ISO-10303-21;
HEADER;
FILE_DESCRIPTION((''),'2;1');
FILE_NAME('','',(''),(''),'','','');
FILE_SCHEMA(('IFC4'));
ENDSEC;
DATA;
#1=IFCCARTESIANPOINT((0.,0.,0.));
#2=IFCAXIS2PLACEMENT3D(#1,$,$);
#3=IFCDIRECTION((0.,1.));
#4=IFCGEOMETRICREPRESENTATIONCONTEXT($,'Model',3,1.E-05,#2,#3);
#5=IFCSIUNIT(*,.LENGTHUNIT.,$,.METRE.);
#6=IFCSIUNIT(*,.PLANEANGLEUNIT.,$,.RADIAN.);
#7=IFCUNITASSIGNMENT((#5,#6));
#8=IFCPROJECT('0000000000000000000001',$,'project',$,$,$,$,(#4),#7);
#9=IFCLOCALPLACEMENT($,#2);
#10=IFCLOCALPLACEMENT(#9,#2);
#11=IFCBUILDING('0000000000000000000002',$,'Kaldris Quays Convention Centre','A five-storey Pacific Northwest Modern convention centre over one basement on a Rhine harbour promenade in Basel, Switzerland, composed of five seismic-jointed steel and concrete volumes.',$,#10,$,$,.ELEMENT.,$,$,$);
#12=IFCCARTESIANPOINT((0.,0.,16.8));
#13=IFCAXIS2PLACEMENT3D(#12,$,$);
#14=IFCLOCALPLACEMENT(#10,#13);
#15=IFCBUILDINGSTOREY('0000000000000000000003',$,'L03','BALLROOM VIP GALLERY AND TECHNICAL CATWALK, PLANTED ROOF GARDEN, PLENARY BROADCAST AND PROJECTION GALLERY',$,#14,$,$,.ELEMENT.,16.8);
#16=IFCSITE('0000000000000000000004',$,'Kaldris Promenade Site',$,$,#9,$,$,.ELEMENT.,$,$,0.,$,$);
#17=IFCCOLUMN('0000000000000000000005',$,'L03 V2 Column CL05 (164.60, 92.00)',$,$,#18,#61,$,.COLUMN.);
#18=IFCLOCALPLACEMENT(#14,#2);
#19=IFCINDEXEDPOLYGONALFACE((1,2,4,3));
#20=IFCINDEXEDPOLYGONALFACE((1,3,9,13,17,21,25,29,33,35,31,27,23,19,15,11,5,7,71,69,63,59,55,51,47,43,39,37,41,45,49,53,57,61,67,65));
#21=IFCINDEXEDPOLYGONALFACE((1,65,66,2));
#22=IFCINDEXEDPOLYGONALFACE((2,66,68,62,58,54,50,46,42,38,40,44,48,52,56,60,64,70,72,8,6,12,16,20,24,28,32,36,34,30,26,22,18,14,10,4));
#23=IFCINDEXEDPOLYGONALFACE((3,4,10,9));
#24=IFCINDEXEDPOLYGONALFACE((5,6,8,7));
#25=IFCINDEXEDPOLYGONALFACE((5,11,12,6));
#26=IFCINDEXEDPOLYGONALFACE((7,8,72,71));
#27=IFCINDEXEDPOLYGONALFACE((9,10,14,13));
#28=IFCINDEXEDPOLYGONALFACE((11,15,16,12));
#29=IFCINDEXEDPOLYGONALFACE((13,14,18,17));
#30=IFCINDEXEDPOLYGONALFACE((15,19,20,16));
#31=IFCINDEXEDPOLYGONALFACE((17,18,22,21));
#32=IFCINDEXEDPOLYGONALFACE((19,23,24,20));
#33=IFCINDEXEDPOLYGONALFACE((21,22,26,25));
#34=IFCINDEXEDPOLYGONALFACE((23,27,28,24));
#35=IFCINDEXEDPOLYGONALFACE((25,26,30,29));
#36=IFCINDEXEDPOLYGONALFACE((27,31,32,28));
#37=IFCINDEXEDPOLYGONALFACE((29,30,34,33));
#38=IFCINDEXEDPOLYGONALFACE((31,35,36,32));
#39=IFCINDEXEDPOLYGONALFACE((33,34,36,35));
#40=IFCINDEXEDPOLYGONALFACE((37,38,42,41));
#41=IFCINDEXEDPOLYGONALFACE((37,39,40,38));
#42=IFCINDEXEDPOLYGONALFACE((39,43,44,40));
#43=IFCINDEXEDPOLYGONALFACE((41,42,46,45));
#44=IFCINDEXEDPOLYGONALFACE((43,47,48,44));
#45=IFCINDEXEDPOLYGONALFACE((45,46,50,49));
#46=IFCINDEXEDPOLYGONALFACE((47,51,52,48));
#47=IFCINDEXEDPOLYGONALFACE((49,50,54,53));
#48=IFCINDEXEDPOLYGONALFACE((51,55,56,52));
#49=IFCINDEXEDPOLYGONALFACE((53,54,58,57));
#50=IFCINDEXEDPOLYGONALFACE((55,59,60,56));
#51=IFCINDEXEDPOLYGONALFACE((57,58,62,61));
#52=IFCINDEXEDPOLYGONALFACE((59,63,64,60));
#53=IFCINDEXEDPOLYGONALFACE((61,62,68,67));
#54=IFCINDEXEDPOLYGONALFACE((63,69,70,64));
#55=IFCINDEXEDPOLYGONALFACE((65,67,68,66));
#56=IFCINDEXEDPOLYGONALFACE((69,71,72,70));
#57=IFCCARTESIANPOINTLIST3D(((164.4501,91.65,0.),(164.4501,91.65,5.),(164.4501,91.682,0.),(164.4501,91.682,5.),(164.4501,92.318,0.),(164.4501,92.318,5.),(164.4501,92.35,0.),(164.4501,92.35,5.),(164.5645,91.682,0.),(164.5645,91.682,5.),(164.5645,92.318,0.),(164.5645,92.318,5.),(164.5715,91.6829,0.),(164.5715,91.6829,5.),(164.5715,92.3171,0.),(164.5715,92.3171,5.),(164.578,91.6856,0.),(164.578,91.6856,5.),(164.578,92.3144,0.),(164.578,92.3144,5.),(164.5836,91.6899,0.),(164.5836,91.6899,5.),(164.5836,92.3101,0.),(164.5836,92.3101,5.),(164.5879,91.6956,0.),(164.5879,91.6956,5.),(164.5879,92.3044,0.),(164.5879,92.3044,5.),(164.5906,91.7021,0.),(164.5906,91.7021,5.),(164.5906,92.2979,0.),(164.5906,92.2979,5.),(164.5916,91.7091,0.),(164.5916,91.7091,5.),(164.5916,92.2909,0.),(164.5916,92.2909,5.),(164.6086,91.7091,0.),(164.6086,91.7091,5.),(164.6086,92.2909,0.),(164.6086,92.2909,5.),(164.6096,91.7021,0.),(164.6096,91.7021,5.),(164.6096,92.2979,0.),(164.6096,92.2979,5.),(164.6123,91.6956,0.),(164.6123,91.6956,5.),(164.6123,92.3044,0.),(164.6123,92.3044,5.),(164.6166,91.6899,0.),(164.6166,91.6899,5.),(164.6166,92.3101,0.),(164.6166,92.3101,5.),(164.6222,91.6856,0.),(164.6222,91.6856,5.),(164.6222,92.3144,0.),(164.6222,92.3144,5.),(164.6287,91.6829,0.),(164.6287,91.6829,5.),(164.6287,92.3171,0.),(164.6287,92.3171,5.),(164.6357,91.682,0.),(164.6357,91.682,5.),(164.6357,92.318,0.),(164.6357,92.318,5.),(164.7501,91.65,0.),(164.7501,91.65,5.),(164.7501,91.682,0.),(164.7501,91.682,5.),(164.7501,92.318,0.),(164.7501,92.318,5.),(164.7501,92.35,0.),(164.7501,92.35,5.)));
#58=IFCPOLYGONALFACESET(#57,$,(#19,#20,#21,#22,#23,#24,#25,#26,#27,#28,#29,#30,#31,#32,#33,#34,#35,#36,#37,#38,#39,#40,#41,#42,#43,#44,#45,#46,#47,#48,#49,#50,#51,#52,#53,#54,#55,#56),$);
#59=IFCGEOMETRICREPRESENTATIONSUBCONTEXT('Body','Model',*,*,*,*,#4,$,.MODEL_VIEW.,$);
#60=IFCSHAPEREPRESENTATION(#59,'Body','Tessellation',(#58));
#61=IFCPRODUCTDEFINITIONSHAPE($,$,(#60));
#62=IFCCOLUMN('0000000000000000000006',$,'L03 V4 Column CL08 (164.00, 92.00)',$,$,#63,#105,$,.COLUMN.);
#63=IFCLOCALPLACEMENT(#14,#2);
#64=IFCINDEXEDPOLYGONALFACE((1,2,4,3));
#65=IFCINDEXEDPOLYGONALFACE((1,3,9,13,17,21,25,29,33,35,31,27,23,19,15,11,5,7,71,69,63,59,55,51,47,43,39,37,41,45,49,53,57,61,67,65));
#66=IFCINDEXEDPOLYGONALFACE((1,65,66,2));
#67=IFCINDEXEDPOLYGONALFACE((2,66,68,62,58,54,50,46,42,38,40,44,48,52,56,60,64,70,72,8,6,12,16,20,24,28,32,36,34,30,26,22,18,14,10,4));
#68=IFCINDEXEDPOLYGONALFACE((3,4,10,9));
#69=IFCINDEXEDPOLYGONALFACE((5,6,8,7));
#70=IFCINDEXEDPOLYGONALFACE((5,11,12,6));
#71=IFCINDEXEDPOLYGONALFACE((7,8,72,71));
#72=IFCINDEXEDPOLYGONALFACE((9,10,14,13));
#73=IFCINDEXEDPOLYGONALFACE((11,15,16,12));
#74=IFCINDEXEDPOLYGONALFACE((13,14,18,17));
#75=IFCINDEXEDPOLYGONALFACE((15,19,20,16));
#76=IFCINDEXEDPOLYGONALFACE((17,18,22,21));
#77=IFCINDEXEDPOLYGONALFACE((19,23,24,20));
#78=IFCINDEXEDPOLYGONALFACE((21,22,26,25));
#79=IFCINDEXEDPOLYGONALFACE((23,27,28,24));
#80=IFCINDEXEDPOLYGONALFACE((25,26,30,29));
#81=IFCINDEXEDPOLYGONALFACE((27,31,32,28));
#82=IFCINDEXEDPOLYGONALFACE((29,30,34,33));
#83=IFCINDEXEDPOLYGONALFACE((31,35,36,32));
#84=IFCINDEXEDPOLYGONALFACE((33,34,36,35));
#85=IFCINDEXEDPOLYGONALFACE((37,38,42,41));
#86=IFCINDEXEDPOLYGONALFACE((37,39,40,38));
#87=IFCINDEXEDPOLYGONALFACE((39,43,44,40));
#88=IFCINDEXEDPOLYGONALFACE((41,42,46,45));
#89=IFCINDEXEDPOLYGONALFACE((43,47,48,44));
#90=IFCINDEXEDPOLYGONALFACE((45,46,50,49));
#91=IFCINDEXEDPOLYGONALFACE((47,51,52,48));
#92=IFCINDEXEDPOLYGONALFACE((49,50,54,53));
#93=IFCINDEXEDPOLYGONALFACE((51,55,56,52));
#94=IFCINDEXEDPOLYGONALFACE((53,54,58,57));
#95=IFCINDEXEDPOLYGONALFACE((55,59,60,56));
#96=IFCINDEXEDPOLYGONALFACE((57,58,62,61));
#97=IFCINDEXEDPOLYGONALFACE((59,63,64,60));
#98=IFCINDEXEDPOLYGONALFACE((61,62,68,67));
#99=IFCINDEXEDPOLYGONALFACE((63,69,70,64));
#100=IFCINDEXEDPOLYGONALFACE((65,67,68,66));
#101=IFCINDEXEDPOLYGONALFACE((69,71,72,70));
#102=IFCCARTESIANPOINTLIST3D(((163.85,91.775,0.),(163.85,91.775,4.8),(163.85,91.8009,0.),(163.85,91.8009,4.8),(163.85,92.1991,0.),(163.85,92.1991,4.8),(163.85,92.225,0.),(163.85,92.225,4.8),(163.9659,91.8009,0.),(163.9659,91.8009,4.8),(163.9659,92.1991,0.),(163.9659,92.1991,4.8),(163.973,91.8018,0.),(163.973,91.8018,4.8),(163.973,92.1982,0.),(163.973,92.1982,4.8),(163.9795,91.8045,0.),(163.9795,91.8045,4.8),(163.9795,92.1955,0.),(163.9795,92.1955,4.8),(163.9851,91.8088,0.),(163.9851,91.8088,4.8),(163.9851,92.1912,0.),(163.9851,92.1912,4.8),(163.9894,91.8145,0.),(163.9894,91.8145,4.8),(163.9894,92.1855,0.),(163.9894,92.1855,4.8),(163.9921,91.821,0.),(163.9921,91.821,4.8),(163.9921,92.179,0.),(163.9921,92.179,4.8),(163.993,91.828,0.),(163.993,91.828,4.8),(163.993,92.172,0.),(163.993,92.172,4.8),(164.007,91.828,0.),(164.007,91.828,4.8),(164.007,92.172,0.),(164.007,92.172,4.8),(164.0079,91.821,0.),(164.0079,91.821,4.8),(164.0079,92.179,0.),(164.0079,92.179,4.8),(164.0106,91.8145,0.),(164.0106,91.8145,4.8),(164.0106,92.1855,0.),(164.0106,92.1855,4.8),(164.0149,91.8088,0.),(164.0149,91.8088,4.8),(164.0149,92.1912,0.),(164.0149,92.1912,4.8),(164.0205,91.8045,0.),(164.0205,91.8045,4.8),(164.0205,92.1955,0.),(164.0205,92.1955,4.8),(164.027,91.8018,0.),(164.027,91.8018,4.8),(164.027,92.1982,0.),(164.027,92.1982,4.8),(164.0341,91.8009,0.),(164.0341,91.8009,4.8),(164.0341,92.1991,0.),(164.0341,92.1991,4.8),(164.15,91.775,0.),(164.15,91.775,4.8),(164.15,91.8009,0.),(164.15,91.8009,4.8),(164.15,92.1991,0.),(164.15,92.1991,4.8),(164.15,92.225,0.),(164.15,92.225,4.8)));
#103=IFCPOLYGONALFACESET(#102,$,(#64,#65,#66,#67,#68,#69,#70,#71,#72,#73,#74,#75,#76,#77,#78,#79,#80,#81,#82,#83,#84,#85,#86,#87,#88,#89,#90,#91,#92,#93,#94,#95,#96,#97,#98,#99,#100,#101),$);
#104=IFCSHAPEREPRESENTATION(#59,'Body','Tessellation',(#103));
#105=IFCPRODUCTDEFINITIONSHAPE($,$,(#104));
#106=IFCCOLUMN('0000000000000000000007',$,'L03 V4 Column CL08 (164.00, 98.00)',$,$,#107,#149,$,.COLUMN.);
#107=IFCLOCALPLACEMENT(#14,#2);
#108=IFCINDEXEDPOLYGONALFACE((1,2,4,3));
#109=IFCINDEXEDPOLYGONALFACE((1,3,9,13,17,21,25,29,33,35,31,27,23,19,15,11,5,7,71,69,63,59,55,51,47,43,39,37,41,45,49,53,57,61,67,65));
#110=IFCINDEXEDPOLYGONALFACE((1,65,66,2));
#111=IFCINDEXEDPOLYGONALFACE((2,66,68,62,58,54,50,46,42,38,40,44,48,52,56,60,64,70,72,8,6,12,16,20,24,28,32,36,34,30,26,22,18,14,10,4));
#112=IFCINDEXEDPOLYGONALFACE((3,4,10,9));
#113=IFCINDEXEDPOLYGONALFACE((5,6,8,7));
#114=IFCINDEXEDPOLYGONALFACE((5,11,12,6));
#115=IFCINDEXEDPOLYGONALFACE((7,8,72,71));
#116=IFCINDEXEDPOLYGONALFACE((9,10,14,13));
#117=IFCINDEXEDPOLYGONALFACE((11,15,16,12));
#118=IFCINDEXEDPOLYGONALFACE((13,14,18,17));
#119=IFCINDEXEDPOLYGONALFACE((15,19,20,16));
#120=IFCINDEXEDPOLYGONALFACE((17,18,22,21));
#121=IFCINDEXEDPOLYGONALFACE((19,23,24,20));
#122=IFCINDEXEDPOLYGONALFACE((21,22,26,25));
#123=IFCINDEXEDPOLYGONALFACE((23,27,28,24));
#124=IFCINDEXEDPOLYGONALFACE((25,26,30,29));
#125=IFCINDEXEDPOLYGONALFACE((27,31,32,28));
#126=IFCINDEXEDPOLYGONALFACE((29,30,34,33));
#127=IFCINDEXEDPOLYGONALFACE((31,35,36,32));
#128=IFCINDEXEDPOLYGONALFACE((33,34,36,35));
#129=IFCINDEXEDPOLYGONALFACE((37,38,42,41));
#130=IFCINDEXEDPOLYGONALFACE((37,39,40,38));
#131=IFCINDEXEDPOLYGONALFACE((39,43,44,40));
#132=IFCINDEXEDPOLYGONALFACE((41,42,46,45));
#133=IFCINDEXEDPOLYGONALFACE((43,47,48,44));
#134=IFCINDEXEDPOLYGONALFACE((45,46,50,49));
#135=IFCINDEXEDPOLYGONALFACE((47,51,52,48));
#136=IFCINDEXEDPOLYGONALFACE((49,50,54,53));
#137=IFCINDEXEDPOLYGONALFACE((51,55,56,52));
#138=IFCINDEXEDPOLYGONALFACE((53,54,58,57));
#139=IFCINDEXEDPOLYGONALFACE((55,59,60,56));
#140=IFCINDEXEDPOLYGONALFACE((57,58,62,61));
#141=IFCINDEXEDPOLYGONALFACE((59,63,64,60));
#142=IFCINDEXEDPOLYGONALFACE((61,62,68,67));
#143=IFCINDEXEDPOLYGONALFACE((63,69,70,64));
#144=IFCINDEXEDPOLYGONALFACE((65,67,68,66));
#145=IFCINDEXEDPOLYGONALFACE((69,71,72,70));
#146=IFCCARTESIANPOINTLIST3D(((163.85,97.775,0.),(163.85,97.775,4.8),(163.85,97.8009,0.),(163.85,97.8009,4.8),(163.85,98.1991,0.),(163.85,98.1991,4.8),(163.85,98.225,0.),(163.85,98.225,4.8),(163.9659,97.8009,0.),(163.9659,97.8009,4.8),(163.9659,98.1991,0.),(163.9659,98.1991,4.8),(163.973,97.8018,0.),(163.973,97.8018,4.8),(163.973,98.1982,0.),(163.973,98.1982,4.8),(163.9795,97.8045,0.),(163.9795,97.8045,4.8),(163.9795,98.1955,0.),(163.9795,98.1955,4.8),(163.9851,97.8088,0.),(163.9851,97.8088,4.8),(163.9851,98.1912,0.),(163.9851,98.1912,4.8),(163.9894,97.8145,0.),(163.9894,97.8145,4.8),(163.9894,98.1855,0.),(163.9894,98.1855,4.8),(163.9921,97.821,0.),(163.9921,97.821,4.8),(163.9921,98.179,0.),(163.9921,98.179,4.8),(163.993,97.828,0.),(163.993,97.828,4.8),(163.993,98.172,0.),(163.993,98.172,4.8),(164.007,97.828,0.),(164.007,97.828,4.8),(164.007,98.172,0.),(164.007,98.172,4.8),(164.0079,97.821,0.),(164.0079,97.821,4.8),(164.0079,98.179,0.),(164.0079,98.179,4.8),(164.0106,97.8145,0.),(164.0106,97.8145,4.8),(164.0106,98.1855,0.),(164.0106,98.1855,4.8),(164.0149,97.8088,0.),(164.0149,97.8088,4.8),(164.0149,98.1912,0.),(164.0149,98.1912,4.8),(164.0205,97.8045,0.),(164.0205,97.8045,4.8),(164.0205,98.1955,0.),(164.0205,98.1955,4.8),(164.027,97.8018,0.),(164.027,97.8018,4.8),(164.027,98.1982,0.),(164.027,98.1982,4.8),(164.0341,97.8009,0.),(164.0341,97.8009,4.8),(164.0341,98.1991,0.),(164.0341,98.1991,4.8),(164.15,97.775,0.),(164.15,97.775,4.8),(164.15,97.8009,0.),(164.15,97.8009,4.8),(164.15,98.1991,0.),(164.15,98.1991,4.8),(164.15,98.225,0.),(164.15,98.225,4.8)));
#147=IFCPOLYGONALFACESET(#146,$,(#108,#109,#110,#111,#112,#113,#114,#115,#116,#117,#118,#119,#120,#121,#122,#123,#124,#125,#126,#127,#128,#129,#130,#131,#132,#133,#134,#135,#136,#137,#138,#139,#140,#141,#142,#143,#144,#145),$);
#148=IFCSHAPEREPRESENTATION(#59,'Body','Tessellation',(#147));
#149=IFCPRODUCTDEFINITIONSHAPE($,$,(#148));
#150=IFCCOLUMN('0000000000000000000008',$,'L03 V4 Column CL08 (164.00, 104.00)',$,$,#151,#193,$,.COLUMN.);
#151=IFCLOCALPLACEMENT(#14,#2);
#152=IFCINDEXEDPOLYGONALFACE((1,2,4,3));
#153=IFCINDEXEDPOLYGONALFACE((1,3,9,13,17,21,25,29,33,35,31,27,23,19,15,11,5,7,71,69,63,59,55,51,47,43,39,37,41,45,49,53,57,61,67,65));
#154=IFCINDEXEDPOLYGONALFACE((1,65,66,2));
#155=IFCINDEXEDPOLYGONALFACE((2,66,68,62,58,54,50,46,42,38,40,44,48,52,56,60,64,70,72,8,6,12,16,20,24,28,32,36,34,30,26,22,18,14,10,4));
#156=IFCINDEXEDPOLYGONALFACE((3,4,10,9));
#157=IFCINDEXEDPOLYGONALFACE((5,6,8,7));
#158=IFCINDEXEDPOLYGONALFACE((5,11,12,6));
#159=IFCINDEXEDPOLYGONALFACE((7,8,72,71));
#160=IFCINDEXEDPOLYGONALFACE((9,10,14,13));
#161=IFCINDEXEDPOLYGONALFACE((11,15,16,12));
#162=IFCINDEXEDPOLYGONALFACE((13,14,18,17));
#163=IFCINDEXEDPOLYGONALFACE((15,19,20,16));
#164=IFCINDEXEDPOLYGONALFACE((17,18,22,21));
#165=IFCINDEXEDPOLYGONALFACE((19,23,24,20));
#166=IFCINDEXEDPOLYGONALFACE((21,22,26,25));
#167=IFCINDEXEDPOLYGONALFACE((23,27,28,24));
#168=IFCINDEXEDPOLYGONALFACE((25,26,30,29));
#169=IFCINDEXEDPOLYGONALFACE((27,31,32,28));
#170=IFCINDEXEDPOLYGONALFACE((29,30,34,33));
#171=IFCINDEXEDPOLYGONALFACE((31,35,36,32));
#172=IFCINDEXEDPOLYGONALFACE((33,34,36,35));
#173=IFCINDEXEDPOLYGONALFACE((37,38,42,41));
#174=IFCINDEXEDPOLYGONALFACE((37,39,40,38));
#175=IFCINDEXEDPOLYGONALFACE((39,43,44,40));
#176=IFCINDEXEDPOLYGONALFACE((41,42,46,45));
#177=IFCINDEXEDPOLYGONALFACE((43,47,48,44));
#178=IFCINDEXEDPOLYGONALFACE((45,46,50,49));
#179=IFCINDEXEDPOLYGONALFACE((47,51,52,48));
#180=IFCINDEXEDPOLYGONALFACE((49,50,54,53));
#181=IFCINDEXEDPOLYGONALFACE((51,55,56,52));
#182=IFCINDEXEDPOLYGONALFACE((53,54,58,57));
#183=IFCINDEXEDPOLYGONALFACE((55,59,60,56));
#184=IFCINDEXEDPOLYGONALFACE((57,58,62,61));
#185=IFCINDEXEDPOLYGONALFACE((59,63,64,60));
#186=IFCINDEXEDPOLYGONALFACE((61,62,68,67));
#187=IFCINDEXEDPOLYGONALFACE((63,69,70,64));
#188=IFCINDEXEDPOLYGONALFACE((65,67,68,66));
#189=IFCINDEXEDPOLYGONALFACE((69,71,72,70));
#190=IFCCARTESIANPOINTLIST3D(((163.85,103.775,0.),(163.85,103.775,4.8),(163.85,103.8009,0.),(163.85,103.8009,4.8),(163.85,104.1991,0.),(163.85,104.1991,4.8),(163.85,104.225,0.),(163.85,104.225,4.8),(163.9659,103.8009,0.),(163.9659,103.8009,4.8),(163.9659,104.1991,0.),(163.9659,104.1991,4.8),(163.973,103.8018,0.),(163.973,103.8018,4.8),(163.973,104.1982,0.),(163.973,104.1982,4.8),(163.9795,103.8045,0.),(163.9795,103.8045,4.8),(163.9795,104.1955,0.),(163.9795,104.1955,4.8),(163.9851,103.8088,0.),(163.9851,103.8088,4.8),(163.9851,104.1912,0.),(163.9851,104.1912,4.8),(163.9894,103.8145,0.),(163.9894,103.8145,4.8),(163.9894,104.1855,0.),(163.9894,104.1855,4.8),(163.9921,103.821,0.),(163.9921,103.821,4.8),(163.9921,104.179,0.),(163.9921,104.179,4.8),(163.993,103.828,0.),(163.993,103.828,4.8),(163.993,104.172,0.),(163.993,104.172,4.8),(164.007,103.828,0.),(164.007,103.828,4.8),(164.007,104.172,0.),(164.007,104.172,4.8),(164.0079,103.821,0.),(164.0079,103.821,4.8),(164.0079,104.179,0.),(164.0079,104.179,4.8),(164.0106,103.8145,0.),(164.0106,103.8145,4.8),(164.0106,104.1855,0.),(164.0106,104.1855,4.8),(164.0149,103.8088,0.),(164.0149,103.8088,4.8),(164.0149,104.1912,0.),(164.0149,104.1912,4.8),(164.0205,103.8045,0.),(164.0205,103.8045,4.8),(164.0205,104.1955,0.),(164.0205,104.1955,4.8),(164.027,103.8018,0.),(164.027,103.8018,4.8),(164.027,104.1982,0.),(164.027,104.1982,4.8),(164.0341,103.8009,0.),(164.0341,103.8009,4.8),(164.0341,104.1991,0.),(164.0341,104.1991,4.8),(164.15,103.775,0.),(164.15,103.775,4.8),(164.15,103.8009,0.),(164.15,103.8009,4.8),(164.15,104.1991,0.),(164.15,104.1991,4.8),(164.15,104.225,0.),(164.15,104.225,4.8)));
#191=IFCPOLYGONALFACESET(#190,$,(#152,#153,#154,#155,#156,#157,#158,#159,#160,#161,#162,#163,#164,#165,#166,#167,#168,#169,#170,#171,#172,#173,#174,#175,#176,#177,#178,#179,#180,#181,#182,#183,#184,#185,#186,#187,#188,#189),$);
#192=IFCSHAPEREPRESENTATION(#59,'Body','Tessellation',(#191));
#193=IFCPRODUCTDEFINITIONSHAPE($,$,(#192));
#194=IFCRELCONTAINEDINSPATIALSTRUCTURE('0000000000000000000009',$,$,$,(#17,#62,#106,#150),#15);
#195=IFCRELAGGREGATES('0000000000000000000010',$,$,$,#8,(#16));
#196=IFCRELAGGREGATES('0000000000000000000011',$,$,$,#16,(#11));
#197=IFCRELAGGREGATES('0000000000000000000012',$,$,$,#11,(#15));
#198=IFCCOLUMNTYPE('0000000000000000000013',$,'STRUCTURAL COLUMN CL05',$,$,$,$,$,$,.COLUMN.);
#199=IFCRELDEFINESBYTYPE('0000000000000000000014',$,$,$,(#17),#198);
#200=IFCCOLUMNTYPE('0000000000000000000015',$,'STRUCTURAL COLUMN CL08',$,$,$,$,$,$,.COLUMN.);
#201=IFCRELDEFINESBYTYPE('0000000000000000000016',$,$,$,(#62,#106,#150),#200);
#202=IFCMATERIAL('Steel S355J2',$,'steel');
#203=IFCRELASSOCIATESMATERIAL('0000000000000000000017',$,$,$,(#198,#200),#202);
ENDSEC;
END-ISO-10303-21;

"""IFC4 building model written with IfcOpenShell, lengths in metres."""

from ifc_helpers import new_model, si_unit, direction, frame, origin, origin_2d, place, context, subcontext, project, spatial, i_section, extrude, material, material_profile, profile_set, type_object, element, save


model = new_model("IFC4")

# Units and contexts
model_context = context("Model", 3, precision=1e-05, world=origin(), true_north=direction((0.0, 1.0)))
body_context = subcontext(model_context, "Body", "Model", "MODEL_VIEW")
ifc_project = project(units=[si_unit("LENGTHUNIT", "METRE"), si_unit("PLANEANGLEUNIT", "RADIAN")], contexts=[model_context])

# Site, building, storey
site_placement = place(None, origin())
site = spatial("IfcSite", under=ifc_project, at=site_placement, Name="Kaldris Promenade Site", CompositionType="ELEMENT", RefElevation=0.0)
building_placement = place(site_placement, origin())
building = spatial("IfcBuilding", under=site, at=building_placement, Name="Kaldris Quays Convention Centre", Description="A five-storey Pacific Northwest Modern convention centre over one basement on a Rhine harbour promenade in Basel, Switzerland, composed of five seismic-jointed steel and concrete volumes.", CompositionType="ELEMENT")
storey_placement = place(building_placement, frame((0.0, 0.0, 16.8)))
storey = spatial("IfcBuildingStorey", under=building, at=storey_placement, Name="L03", Description="BALLROOM VIP GALLERY AND TECHNICAL CATWALK, PLANTED ROOF GARDEN, PLENARY BROADCAST AND PROJECTION GALLERY", CompositionType="ELEMENT", Elevation=16.8)

# Columns
ifc_material_1 = material(Name="Steel S355J2", Category="steel")
ifc_material_profile_1 = material_profile(ifc_material_1, i_section(OverallWidth=0.3, OverallDepth=0.7, WebThickness=0.0171, FlangeThickness=0.032, FilletRadius=0.0271, at=origin_2d()), Name="HEB 700")
ifc_profile_set_1 = profile_set([ifc_material_profile_1], Name="Steel S355J2")
column_type_1 = type_object("IfcColumnType", Name="STRUCTURAL COLUMN CL05", PredefinedType="COLUMN", material=ifc_profile_set_1)
column_placement = place(storey_placement, frame((164.6001, 92.0, 0.0), z_axis=(0.0, 0.0, 1.0), x_axis=(1.0, 0.0, 0.0)))
element("IfcColumn", 1, at=column_placement, inside=storey, type_object=column_type_1, Name="L03 V2 Column CL05 (164.60, 92.00)", PredefinedType="COLUMN", context=body_context, shape_type="SweptSolid", body=[
    extrude(i_section(OverallWidth=0.3, OverallDepth=0.7, WebThickness=0.0171, FlangeThickness=0.032, FilletRadius=0.0271, at=origin_2d()), origin(), (0.0, 0.0, 1.0), 5.0),
])
ifc_material_profile_2 = material_profile(ifc_material_1, i_section(OverallWidth=0.3, OverallDepth=0.45, WebThickness=0.0139, FlangeThickness=0.0259, FilletRadius=0.0271, at=origin_2d()), Name="HEB 450")
ifc_profile_set_2 = profile_set([ifc_material_profile_2], Name="Steel S355J2")
column_type_2 = type_object("IfcColumnType", Name="STRUCTURAL COLUMN CL08", PredefinedType="COLUMN", material=ifc_profile_set_2)
for number, where, z_axis, x_axis, name in (
    (2, (164.0, 92.0, 0.0), (0.0, 0.0, 1.0), (1.0, 0.0, 0.0), "L03 V4 Column CL08 (164.00, 92.00)"),
    (3, (164.0, 98.0, 0.0), (0.0, 0.0, 1.0), (1.0, 0.0, 0.0), "L03 V4 Column CL08 (164.00, 98.00)"),
    (4, (164.0, 104.0, 0.0), (0.0, 0.0, 1.0), (1.0, 0.0, 0.0), "L03 V4 Column CL08 (164.00, 104.00)"),
):
    element("IfcColumn", number, at=place(storey_placement, frame(where, z_axis=z_axis, x_axis=x_axis)), inside=storey, type_object=column_type_2, Name=name, PredefinedType="COLUMN", context=body_context, shape_type="SweptSolid", body=[
        extrude(i_section(OverallWidth=0.3, OverallDepth=0.45, WebThickness=0.0139, FlangeThickness=0.0259, FilletRadius=0.0271, at=origin_2d()), origin(), (0.0, 0.0, 1.0), 4.8),
    ])

save(model, "model.ifc")
